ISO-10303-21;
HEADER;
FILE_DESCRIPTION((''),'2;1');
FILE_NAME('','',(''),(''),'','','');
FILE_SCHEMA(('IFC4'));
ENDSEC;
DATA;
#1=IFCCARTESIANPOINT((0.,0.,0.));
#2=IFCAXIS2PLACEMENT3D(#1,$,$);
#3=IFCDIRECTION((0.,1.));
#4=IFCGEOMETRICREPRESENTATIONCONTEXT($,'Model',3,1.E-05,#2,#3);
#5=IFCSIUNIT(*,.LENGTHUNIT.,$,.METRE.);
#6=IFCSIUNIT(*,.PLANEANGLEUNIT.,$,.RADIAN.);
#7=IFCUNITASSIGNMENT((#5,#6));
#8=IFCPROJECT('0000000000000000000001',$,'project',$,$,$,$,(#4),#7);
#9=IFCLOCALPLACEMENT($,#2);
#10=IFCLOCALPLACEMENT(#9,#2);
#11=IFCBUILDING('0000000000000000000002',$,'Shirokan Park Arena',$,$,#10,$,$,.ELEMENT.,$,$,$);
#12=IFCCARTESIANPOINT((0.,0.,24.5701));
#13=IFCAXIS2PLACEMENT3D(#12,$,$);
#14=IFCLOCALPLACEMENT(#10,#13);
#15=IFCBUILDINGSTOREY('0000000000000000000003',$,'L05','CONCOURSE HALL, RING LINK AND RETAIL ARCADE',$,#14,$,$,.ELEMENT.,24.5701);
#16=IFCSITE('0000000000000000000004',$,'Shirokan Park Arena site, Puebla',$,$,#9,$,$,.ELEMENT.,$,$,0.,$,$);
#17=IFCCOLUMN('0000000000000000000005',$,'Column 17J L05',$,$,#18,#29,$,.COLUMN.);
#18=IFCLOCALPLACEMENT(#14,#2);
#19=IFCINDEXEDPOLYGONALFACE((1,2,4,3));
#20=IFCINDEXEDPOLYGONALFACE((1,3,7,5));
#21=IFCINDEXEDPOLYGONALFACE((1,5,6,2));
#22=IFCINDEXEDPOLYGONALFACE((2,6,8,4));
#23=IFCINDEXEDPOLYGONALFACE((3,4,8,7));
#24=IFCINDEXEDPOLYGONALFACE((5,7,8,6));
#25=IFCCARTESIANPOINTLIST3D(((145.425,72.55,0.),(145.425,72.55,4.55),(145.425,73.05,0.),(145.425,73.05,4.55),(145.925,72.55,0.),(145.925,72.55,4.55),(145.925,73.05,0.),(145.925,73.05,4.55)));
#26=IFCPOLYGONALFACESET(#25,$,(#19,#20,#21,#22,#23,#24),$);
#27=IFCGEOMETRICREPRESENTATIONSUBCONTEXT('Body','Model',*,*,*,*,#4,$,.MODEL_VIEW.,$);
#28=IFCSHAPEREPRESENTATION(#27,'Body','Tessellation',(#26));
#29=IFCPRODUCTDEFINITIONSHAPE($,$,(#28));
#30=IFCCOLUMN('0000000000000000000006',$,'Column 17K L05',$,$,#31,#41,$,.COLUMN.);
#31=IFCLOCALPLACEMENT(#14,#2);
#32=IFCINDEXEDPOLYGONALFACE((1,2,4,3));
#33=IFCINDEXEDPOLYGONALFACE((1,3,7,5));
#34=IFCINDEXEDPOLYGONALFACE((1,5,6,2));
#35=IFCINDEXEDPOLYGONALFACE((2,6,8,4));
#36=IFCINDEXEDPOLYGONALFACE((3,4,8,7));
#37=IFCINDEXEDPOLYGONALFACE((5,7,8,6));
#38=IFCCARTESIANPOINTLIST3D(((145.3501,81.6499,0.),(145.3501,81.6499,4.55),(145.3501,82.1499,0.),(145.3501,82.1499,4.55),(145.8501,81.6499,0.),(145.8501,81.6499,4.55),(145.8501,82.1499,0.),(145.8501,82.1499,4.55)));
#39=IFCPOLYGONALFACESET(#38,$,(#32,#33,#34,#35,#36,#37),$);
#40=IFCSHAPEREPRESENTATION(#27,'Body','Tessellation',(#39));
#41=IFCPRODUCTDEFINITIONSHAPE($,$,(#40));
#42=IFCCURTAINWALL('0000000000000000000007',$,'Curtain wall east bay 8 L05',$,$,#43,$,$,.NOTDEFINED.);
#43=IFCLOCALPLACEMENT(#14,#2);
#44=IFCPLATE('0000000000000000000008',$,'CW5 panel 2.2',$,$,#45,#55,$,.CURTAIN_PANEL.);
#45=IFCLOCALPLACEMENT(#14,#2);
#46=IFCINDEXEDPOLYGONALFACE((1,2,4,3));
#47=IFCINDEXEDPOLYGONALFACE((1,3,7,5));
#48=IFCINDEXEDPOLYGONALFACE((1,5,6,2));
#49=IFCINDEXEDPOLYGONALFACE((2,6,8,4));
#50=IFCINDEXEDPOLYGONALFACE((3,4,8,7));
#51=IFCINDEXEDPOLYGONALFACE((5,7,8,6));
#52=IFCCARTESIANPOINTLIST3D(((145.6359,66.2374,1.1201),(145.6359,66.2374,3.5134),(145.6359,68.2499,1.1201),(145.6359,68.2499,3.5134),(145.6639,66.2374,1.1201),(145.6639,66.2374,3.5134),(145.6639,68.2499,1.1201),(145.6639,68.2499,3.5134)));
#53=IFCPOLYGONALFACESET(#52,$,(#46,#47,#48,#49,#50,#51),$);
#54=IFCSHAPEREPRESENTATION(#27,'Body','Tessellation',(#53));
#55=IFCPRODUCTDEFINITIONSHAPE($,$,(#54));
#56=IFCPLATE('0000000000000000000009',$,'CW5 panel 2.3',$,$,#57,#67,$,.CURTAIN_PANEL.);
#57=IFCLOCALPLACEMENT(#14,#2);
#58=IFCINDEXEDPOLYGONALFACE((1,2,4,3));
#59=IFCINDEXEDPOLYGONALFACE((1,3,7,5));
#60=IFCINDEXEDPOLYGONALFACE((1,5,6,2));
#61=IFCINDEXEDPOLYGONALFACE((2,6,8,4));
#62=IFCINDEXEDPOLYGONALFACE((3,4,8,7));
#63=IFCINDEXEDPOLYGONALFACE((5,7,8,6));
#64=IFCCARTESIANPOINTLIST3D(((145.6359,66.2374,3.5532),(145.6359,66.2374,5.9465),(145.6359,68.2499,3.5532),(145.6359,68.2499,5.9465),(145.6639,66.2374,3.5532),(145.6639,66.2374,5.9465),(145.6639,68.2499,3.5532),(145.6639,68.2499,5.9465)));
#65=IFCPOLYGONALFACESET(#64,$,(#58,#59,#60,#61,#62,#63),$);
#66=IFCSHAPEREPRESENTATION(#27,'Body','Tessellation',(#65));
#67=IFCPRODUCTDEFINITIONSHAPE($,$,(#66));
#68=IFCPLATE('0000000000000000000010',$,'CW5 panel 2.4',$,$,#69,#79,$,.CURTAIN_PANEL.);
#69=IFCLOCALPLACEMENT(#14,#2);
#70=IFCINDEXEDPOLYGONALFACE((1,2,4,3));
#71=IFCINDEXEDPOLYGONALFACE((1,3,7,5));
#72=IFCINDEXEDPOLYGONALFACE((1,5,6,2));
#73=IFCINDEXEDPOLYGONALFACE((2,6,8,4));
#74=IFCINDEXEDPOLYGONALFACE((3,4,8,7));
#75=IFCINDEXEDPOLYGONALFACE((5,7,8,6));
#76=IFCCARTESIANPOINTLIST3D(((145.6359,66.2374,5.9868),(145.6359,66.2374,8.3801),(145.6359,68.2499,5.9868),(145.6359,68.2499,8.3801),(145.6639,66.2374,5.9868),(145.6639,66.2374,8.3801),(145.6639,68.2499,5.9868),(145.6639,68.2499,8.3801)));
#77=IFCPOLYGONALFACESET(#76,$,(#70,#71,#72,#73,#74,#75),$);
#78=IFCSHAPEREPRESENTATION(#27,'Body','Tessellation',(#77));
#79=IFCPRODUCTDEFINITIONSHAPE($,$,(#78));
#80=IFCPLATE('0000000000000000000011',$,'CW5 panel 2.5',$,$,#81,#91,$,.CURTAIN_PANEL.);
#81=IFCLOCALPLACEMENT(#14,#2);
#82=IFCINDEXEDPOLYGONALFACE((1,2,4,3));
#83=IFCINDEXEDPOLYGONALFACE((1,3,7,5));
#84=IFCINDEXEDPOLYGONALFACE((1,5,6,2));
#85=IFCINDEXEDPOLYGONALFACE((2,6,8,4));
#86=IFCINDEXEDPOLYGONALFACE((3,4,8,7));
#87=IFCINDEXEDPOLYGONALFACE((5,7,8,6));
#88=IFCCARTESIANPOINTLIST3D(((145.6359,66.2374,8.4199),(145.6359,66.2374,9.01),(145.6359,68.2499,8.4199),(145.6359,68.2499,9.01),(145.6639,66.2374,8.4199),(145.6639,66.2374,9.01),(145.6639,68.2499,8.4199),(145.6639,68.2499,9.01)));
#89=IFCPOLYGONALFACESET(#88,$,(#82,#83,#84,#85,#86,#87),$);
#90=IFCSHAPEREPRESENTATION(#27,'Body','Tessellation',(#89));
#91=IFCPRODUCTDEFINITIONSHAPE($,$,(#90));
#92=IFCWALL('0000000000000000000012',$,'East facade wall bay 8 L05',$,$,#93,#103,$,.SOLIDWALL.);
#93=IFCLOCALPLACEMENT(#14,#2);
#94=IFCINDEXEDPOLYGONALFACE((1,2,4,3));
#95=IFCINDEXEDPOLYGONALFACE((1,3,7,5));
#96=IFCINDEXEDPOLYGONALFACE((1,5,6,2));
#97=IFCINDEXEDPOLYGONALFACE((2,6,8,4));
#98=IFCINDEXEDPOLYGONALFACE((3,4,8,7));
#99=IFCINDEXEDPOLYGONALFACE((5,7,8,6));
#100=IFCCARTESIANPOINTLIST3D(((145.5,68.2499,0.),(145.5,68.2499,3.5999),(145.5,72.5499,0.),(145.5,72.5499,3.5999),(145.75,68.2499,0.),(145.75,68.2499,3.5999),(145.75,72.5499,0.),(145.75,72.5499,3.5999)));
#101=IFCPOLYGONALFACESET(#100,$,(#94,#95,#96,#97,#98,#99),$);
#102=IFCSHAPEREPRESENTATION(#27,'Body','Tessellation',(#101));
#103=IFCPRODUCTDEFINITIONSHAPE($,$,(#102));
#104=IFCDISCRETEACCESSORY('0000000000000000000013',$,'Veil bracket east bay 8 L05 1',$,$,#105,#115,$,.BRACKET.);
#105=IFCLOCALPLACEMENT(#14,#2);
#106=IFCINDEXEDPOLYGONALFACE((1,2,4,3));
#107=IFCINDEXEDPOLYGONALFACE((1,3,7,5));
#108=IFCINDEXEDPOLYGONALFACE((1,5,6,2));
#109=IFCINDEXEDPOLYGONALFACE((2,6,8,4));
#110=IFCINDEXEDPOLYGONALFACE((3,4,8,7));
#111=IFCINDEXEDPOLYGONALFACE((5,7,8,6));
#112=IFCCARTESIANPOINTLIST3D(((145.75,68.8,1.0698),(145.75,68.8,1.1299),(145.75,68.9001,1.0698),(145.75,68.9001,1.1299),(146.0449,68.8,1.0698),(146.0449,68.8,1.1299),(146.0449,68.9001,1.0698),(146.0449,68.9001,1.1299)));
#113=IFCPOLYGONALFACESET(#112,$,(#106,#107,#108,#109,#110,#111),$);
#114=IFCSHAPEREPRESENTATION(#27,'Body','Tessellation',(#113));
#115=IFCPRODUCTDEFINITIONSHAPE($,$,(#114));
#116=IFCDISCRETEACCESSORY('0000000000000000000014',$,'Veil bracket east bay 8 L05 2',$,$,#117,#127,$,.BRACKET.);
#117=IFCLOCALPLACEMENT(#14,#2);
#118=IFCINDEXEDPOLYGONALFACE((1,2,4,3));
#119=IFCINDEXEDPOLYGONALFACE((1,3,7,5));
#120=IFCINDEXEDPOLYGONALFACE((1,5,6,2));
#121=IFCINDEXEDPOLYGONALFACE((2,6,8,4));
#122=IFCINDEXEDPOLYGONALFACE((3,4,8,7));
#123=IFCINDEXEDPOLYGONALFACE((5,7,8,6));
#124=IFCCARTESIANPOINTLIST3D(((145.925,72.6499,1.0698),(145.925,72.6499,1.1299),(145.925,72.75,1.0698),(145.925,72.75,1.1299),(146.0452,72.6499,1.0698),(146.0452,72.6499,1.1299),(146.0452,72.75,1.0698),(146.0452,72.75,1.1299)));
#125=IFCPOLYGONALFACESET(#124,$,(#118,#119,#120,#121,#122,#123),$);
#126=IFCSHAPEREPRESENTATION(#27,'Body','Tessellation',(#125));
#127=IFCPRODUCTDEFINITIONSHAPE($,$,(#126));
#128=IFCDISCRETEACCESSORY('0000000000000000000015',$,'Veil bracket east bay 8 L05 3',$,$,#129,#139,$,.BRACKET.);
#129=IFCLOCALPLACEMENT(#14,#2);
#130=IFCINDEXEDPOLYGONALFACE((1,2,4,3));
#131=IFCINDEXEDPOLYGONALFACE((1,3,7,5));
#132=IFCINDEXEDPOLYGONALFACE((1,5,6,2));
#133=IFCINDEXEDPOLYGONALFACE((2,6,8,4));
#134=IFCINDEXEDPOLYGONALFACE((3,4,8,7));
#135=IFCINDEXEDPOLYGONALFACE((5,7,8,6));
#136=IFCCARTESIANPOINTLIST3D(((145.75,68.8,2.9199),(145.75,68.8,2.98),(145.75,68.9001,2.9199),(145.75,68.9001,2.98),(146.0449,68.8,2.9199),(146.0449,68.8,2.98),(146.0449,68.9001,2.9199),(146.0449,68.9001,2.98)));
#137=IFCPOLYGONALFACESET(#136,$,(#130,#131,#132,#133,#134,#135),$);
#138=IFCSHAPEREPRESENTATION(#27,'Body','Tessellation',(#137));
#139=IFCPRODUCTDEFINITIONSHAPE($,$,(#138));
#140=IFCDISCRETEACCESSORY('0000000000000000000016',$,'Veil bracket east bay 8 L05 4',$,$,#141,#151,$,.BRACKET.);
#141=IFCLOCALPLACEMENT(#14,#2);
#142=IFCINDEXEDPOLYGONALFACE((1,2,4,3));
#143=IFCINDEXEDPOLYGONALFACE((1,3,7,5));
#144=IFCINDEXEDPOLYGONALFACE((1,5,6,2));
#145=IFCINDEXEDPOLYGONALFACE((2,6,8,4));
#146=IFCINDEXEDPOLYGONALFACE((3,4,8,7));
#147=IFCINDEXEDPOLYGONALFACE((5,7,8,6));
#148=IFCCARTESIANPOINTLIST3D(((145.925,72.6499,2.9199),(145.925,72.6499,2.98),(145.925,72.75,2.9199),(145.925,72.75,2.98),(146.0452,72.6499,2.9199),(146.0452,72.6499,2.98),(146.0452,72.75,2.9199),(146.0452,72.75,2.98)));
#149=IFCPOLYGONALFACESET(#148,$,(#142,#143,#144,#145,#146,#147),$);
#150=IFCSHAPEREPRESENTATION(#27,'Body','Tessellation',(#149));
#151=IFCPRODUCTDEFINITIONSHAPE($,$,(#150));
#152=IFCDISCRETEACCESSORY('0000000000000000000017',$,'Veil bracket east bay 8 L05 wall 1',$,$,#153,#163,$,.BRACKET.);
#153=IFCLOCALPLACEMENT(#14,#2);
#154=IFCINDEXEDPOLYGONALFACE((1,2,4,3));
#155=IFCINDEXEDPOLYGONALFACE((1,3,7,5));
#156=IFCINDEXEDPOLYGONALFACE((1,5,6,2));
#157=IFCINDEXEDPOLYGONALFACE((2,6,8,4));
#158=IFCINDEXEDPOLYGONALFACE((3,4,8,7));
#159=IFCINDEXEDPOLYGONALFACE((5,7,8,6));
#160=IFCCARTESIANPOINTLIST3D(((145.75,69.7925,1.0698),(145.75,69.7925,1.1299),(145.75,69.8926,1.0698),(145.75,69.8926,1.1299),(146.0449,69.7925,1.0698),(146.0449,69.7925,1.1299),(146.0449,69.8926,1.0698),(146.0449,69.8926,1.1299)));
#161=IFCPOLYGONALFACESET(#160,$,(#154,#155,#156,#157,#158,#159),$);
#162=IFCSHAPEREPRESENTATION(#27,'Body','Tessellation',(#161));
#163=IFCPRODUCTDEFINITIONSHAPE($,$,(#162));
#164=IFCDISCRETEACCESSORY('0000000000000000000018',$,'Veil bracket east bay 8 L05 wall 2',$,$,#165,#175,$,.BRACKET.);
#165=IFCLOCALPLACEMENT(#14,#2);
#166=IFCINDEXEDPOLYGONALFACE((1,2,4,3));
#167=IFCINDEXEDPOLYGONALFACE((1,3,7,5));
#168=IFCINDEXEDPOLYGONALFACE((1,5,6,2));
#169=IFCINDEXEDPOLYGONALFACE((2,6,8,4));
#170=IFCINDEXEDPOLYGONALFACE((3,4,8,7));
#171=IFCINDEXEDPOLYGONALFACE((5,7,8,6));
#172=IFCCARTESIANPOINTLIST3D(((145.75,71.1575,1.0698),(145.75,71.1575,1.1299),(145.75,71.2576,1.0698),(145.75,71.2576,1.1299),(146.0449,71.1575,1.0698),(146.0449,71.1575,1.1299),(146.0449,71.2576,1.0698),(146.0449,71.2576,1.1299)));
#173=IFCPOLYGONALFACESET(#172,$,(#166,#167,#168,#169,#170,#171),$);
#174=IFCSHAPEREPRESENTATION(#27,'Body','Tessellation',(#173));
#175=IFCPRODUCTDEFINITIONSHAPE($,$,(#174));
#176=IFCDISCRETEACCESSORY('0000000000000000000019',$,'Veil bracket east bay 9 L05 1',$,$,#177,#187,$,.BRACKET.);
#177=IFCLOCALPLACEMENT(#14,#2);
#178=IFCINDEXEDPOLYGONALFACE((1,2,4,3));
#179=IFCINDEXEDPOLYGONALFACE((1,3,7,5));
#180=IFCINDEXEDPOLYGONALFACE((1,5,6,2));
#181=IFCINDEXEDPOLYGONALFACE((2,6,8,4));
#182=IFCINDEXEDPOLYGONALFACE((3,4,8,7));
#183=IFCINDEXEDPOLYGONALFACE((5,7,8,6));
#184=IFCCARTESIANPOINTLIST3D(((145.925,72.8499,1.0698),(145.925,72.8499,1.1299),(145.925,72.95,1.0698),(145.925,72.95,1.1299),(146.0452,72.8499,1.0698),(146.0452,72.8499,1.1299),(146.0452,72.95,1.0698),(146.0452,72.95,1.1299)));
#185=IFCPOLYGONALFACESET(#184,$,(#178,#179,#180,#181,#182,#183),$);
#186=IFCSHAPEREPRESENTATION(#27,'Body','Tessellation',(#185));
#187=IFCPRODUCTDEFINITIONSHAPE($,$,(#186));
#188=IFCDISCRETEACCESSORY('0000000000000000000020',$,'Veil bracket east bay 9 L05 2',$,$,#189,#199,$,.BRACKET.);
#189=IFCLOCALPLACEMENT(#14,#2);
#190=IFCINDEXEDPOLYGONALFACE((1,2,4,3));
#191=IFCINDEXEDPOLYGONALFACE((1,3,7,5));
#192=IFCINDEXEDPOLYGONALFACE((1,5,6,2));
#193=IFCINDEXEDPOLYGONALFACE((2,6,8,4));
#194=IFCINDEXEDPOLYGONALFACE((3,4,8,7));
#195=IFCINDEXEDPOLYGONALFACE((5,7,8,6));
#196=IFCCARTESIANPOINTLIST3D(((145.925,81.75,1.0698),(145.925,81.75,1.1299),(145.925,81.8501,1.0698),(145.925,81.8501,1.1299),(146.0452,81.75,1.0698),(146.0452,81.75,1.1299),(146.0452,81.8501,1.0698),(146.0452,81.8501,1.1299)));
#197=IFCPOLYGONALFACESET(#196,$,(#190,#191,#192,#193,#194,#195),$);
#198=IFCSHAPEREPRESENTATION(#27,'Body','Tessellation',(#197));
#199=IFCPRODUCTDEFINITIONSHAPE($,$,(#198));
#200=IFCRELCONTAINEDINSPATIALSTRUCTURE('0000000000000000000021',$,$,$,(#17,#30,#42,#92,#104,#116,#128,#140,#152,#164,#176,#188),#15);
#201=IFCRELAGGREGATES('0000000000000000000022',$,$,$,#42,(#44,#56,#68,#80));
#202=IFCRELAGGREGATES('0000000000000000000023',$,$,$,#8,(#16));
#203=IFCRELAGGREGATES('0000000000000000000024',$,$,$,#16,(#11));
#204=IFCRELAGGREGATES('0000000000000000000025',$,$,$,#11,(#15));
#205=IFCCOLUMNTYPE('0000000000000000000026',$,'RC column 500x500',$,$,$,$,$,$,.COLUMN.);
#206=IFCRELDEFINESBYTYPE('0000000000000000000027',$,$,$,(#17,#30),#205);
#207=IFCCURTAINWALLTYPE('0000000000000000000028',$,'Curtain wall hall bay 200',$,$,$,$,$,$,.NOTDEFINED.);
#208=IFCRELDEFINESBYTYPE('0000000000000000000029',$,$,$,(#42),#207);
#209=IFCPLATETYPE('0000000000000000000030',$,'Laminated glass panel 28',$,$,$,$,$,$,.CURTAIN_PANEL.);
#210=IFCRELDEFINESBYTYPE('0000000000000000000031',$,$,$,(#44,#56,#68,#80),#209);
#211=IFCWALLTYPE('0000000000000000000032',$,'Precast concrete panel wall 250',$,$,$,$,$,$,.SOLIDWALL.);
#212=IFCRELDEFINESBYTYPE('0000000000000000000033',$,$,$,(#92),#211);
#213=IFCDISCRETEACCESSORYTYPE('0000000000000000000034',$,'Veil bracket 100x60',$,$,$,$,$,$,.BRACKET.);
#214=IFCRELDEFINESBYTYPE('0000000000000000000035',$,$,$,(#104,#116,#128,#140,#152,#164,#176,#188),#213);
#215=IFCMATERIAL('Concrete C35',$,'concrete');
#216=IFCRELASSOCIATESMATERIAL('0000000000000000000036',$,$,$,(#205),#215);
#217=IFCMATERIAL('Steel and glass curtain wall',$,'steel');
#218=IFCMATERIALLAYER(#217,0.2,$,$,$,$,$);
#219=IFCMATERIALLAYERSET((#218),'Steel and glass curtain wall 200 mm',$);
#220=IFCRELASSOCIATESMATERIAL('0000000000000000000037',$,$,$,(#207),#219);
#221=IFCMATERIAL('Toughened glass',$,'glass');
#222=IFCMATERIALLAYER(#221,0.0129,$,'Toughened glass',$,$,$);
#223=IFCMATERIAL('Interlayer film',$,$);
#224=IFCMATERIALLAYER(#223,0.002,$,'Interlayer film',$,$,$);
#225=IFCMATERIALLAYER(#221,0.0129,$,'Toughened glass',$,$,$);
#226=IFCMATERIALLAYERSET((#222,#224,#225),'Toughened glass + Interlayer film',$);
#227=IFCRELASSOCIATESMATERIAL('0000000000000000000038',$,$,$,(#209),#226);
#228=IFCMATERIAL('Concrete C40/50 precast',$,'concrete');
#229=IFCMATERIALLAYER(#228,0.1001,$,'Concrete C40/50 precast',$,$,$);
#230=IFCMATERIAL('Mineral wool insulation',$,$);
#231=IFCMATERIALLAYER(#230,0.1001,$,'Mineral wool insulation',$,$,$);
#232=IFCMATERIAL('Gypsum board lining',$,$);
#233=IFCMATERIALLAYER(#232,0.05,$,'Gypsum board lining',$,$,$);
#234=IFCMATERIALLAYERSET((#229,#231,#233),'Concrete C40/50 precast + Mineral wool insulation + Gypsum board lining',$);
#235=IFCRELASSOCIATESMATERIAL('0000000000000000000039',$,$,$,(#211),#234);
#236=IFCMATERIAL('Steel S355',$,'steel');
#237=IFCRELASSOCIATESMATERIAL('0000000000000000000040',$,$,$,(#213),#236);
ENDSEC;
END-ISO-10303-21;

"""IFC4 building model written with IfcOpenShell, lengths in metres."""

from ifc_helpers import new_model, si_unit, direction, frame, frame_2d, origin, origin_2d, place, context, subcontext, project, spatial, rectangle, extrude, material, layer, layer_set, material_profile, profile_set, type_object, element, aggregate, save


model = new_model("IFC4")

# Units and contexts
model_context = context("Model", 3, precision=1e-05, world=origin(), true_north=direction((0.0, 1.0)))
body_context = subcontext(model_context, "Body", "Model", "MODEL_VIEW")
ifc_project = project(units=[si_unit("LENGTHUNIT", "METRE"), si_unit("PLANEANGLEUNIT", "RADIAN")], contexts=[model_context])

# Site, building, storey
site_placement = place(None, origin())
site = spatial("IfcSite", under=ifc_project, at=site_placement, Name="Shirokan Park Arena site, Puebla", CompositionType="ELEMENT", RefElevation=0.0)
building_placement = place(site_placement, origin())
building = spatial("IfcBuilding", under=site, at=building_placement, Name="Shirokan Park Arena", CompositionType="ELEMENT")
storey_placement = place(building_placement, frame((0.0, 0.0, 24.5701)))
storey = spatial("IfcBuildingStorey", under=building, at=storey_placement, Name="L05", Description="CONCOURSE HALL, RING LINK AND RETAIL ARCADE", CompositionType="ELEMENT", Elevation=24.5701)

# Columns
ifc_material_1 = material(Name="Concrete C35", Category="concrete")
ifc_material_profile = material_profile(ifc_material_1, rectangle(XDim=0.5, YDim=0.5, at=origin_2d()), Name="500x500")
ifc_profile_set = profile_set([ifc_material_profile], Name="Concrete C35")
column_type = type_object("IfcColumnType", Name="RC column 500x500", PredefinedType="COLUMN", material=ifc_profile_set)
for number, where, z_axis, x_axis, name in (
    (1, (145.675, 72.8, 0.0), (0.0, 0.0, 1.0), (1.0, 0.0, 0.0), "Column 17J L05"),
    (2, (145.6001, 81.8999, 0.0), (0.0, 0.0, 1.0), (1.0, 0.0, 0.0), "Column 17K L05"),
):
    element("IfcColumn", number, at=place(storey_placement, frame(where, z_axis=z_axis, x_axis=x_axis)), inside=storey, type_object=column_type, Name=name, PredefinedType="COLUMN", context=body_context, shape_type="SweptSolid", body=[
        extrude(rectangle(XDim=0.5, YDim=0.5, at=origin_2d()), origin(), (0.0, 0.0, 1.0), 4.55),
    ])

# Curtain wall, plates
ifc_material_2 = material(Name="Steel and glass curtain wall", Category="steel")
ifc_layer_1 = layer(ifc_material_2, 0.2)
ifc_layer_set_1 = layer_set([ifc_layer_1], Name="Steel and glass curtain wall 200 mm")
curtain_wall_type = type_object("IfcCurtainWallType", Name="Curtain wall hall bay 200", PredefinedType="NOTDEFINED", material=ifc_layer_set_1)
curtain_wall_placement = place(storey_placement, origin())
curtain_wall = element("IfcCurtainWall", 3, at=curtain_wall_placement, inside=storey, type_object=curtain_wall_type, Name="Curtain wall east bay 8 L05", PredefinedType="NOTDEFINED")
ifc_material_3 = material(Name="Toughened glass", Category="glass")
ifc_layer_2 = layer(ifc_material_3, 0.0129, Name="Toughened glass")
ifc_material_4 = material(Name="Interlayer film")
ifc_layer_3 = layer(ifc_material_4, 0.002, Name="Interlayer film")
ifc_layer_4 = layer(ifc_material_3, 0.0129, Name="Toughened glass")
ifc_layer_set_2 = layer_set([ifc_layer_2, ifc_layer_3, ifc_layer_4], Name="Toughened glass + Interlayer film")
plate_type = type_object("IfcPlateType", Name="Laminated glass panel 28", PredefinedType="CURTAIN_PANEL", material=ifc_layer_set_2)
plate_1_placement = place(storey_placement, frame((145.6499, 67.2437, 1.1201), z_axis=(0.0, 0.0, 1.0), x_axis=(0.0, 1.0, 0.0)))
plate_1 = element("IfcPlate", 4, at=plate_1_placement, type_object=plate_type, Name="CW5 panel 2.2", PredefinedType="CURTAIN_PANEL", context=body_context, shape_type="SweptSolid", body=[
    extrude(rectangle(XDim=2.0125, YDim=0.0281, at=origin_2d()), origin(), (0.0, 0.0, 1.0), 2.3933),
])
plate_2_placement = place(storey_placement, frame((145.6499, 67.2437, 3.5532), z_axis=(0.0, 0.0, 1.0), x_axis=(0.0, 1.0, 0.0)))
plate_2 = element("IfcPlate", 5, at=plate_2_placement, type_object=plate_type, Name="CW5 panel 2.3", PredefinedType="CURTAIN_PANEL", context=body_context, shape_type="SweptSolid", body=[
    extrude(rectangle(XDim=2.0125, YDim=0.0281, at=origin_2d()), origin(), (0.0, 0.0, 1.0), 2.3933),
])
plate_3_placement = place(storey_placement, frame((145.6499, 67.2437, 5.9868), z_axis=(0.0, 0.0, 1.0), x_axis=(0.0, 1.0, 0.0)))
plate_3 = element("IfcPlate", 6, at=plate_3_placement, type_object=plate_type, Name="CW5 panel 2.4", PredefinedType="CURTAIN_PANEL", context=body_context, shape_type="SweptSolid", body=[
    extrude(rectangle(XDim=2.0125, YDim=0.0281, at=origin_2d()), origin(), (0.0, 0.0, 1.0), 2.3933),
])
plate_4_placement = place(storey_placement, frame((145.6499, 67.2437, 8.4199), z_axis=(0.0, 0.0, 1.0), x_axis=(0.0, 1.0, 0.0)))
plate_4 = element("IfcPlate", 7, at=plate_4_placement, type_object=plate_type, Name="CW5 panel 2.5", PredefinedType="CURTAIN_PANEL", context=body_context, shape_type="SweptSolid", body=[
    extrude(rectangle(XDim=2.0125, YDim=0.0281, at=origin_2d()), origin(), (0.0, 0.0, 1.0), 0.5901),
])
aggregate(curtain_wall, [plate_1, plate_2, plate_3, plate_4])

# Wall
ifc_material_5 = material(Name="Concrete C40/50 precast", Category="concrete")
ifc_layer_5 = layer(ifc_material_5, 0.1001, Name="Concrete C40/50 precast")
ifc_material_6 = material(Name="Mineral wool insulation")
ifc_layer_6 = layer(ifc_material_6, 0.1001, Name="Mineral wool insulation")
ifc_material_7 = material(Name="Gypsum board lining")
ifc_layer_7 = layer(ifc_material_7, 0.05, Name="Gypsum board lining")
ifc_layer_set_3 = layer_set([ifc_layer_5, ifc_layer_6, ifc_layer_7], Name="Concrete C40/50 precast + Mineral wool insulation + Gypsum board lining")
wall_type = type_object("IfcWallType", Name="Precast concrete panel wall 250", PredefinedType="SOLIDWALL", material=ifc_layer_set_3)
wall_placement = place(storey_placement, frame((145.625, 68.25, 0.0), z_axis=(0.0, 0.0, 1.0), x_axis=(0.0, 1.0, 0.0)))
element("IfcWall", 8, at=wall_placement, inside=storey, type_object=wall_type, Name="East facade wall bay 8 L05", PredefinedType="SOLIDWALL", context=body_context, shape_type="SweptSolid", body=[
    extrude(rectangle(XDim=4.3, YDim=0.25, at=frame_2d((2.1499, 0.0))), origin(), (0.0, 0.0, 1.0), 3.5999),
])

# Discrete accessories
ifc_material_8 = material(Name="Steel S355", Category="steel")
discrete_accessory_type = type_object("IfcDiscreteAccessoryType", Name="Veil bracket 100x60", PredefinedType="BRACKET", material=ifc_material_8)
discrete_accessory_1_placement = place(storey_placement, frame((145.8975, 68.8501, 1.0698), z_axis=(0.0, 0.0, 1.0), x_axis=(0.0, 1.0, 0.0)))
element("IfcDiscreteAccessory", 9, at=discrete_accessory_1_placement, inside=storey, type_object=discrete_accessory_type, Name="Veil bracket east bay 8 L05 1", PredefinedType="BRACKET", context=body_context, shape_type="SweptSolid", body=[
    extrude(rectangle(XDim=0.1001, YDim=0.2949, at=origin_2d()), origin(), (0.0, 0.0, 1.0), 0.0601),
])
discrete_accessory_2_placement = place(storey_placement, frame((145.9851, 72.7, 1.0698), z_axis=(0.0, 0.0, 1.0), x_axis=(0.0, 1.0, 0.0)))
element("IfcDiscreteAccessory", 10, at=discrete_accessory_2_placement, inside=storey, type_object=discrete_accessory_type, Name="Veil bracket east bay 8 L05 2", PredefinedType="BRACKET", context=body_context, shape_type="SweptSolid", body=[
    extrude(rectangle(XDim=0.1001, YDim=0.1201, at=origin_2d()), origin(), (0.0, 0.0, 1.0), 0.0601),
])
discrete_accessory_3_placement = place(storey_placement, frame((145.8975, 68.8501, 2.9199), z_axis=(0.0, 0.0, 1.0), x_axis=(0.0, 1.0, 0.0)))
element("IfcDiscreteAccessory", 11, at=discrete_accessory_3_placement, inside=storey, type_object=discrete_accessory_type, Name="Veil bracket east bay 8 L05 3", PredefinedType="BRACKET", context=body_context, shape_type="SweptSolid", body=[
    extrude(rectangle(XDim=0.1001, YDim=0.2949, at=origin_2d()), origin(), (0.0, 0.0, 1.0), 0.0601),
])
discrete_accessory_4_placement = place(storey_placement, frame((145.9851, 72.7, 2.9199), z_axis=(0.0, 0.0, 1.0), x_axis=(0.0, 1.0, 0.0)))
element("IfcDiscreteAccessory", 12, at=discrete_accessory_4_placement, inside=storey, type_object=discrete_accessory_type, Name="Veil bracket east bay 8 L05 4", PredefinedType="BRACKET", context=body_context, shape_type="SweptSolid", body=[
    extrude(rectangle(XDim=0.1001, YDim=0.1201, at=origin_2d()), origin(), (0.0, 0.0, 1.0), 0.0601),
])
for number, where, z_axis, x_axis, name in (
    (13, (145.8975, 69.8425, 1.0698), (0.0, 0.0, 1.0), (0.0, 1.0, 0.0), "Veil bracket east bay 8 L05 wall 1"),
    (14, (145.8975, 71.2075, 1.0698), (0.0, 0.0, 1.0), (0.0, 1.0, 0.0), "Veil bracket east bay 8 L05 wall 2"),
):
    element("IfcDiscreteAccessory", number, at=place(storey_placement, frame(where, z_axis=z_axis, x_axis=x_axis)), inside=storey, type_object=discrete_accessory_type, Name=name, PredefinedType="BRACKET", context=body_context, shape_type="SweptSolid", body=[
        extrude(rectangle(XDim=0.1001, YDim=0.2949, at=origin_2d()), origin(), (0.0, 0.0, 1.0), 0.0601),
    ])
for number, where, z_axis, x_axis, name in (
    (15, (145.9851, 72.8999, 1.0698), (0.0, 0.0, 1.0), (0.0, 1.0, 0.0), "Veil bracket east bay 9 L05 1"),
    (16, (145.9851, 81.8, 1.0698), (0.0, 0.0, 1.0), (0.0, 1.0, 0.0), "Veil bracket east bay 9 L05 2"),
):
    element("IfcDiscreteAccessory", number, at=place(storey_placement, frame(where, z_axis=z_axis, x_axis=x_axis)), inside=storey, type_object=discrete_accessory_type, Name=name, PredefinedType="BRACKET", context=body_context, shape_type="SweptSolid", body=[
        extrude(rectangle(XDim=0.1001, YDim=0.1201, at=origin_2d()), origin(), (0.0, 0.0, 1.0), 0.0601),
    ])

save(model, "model.ifc")
